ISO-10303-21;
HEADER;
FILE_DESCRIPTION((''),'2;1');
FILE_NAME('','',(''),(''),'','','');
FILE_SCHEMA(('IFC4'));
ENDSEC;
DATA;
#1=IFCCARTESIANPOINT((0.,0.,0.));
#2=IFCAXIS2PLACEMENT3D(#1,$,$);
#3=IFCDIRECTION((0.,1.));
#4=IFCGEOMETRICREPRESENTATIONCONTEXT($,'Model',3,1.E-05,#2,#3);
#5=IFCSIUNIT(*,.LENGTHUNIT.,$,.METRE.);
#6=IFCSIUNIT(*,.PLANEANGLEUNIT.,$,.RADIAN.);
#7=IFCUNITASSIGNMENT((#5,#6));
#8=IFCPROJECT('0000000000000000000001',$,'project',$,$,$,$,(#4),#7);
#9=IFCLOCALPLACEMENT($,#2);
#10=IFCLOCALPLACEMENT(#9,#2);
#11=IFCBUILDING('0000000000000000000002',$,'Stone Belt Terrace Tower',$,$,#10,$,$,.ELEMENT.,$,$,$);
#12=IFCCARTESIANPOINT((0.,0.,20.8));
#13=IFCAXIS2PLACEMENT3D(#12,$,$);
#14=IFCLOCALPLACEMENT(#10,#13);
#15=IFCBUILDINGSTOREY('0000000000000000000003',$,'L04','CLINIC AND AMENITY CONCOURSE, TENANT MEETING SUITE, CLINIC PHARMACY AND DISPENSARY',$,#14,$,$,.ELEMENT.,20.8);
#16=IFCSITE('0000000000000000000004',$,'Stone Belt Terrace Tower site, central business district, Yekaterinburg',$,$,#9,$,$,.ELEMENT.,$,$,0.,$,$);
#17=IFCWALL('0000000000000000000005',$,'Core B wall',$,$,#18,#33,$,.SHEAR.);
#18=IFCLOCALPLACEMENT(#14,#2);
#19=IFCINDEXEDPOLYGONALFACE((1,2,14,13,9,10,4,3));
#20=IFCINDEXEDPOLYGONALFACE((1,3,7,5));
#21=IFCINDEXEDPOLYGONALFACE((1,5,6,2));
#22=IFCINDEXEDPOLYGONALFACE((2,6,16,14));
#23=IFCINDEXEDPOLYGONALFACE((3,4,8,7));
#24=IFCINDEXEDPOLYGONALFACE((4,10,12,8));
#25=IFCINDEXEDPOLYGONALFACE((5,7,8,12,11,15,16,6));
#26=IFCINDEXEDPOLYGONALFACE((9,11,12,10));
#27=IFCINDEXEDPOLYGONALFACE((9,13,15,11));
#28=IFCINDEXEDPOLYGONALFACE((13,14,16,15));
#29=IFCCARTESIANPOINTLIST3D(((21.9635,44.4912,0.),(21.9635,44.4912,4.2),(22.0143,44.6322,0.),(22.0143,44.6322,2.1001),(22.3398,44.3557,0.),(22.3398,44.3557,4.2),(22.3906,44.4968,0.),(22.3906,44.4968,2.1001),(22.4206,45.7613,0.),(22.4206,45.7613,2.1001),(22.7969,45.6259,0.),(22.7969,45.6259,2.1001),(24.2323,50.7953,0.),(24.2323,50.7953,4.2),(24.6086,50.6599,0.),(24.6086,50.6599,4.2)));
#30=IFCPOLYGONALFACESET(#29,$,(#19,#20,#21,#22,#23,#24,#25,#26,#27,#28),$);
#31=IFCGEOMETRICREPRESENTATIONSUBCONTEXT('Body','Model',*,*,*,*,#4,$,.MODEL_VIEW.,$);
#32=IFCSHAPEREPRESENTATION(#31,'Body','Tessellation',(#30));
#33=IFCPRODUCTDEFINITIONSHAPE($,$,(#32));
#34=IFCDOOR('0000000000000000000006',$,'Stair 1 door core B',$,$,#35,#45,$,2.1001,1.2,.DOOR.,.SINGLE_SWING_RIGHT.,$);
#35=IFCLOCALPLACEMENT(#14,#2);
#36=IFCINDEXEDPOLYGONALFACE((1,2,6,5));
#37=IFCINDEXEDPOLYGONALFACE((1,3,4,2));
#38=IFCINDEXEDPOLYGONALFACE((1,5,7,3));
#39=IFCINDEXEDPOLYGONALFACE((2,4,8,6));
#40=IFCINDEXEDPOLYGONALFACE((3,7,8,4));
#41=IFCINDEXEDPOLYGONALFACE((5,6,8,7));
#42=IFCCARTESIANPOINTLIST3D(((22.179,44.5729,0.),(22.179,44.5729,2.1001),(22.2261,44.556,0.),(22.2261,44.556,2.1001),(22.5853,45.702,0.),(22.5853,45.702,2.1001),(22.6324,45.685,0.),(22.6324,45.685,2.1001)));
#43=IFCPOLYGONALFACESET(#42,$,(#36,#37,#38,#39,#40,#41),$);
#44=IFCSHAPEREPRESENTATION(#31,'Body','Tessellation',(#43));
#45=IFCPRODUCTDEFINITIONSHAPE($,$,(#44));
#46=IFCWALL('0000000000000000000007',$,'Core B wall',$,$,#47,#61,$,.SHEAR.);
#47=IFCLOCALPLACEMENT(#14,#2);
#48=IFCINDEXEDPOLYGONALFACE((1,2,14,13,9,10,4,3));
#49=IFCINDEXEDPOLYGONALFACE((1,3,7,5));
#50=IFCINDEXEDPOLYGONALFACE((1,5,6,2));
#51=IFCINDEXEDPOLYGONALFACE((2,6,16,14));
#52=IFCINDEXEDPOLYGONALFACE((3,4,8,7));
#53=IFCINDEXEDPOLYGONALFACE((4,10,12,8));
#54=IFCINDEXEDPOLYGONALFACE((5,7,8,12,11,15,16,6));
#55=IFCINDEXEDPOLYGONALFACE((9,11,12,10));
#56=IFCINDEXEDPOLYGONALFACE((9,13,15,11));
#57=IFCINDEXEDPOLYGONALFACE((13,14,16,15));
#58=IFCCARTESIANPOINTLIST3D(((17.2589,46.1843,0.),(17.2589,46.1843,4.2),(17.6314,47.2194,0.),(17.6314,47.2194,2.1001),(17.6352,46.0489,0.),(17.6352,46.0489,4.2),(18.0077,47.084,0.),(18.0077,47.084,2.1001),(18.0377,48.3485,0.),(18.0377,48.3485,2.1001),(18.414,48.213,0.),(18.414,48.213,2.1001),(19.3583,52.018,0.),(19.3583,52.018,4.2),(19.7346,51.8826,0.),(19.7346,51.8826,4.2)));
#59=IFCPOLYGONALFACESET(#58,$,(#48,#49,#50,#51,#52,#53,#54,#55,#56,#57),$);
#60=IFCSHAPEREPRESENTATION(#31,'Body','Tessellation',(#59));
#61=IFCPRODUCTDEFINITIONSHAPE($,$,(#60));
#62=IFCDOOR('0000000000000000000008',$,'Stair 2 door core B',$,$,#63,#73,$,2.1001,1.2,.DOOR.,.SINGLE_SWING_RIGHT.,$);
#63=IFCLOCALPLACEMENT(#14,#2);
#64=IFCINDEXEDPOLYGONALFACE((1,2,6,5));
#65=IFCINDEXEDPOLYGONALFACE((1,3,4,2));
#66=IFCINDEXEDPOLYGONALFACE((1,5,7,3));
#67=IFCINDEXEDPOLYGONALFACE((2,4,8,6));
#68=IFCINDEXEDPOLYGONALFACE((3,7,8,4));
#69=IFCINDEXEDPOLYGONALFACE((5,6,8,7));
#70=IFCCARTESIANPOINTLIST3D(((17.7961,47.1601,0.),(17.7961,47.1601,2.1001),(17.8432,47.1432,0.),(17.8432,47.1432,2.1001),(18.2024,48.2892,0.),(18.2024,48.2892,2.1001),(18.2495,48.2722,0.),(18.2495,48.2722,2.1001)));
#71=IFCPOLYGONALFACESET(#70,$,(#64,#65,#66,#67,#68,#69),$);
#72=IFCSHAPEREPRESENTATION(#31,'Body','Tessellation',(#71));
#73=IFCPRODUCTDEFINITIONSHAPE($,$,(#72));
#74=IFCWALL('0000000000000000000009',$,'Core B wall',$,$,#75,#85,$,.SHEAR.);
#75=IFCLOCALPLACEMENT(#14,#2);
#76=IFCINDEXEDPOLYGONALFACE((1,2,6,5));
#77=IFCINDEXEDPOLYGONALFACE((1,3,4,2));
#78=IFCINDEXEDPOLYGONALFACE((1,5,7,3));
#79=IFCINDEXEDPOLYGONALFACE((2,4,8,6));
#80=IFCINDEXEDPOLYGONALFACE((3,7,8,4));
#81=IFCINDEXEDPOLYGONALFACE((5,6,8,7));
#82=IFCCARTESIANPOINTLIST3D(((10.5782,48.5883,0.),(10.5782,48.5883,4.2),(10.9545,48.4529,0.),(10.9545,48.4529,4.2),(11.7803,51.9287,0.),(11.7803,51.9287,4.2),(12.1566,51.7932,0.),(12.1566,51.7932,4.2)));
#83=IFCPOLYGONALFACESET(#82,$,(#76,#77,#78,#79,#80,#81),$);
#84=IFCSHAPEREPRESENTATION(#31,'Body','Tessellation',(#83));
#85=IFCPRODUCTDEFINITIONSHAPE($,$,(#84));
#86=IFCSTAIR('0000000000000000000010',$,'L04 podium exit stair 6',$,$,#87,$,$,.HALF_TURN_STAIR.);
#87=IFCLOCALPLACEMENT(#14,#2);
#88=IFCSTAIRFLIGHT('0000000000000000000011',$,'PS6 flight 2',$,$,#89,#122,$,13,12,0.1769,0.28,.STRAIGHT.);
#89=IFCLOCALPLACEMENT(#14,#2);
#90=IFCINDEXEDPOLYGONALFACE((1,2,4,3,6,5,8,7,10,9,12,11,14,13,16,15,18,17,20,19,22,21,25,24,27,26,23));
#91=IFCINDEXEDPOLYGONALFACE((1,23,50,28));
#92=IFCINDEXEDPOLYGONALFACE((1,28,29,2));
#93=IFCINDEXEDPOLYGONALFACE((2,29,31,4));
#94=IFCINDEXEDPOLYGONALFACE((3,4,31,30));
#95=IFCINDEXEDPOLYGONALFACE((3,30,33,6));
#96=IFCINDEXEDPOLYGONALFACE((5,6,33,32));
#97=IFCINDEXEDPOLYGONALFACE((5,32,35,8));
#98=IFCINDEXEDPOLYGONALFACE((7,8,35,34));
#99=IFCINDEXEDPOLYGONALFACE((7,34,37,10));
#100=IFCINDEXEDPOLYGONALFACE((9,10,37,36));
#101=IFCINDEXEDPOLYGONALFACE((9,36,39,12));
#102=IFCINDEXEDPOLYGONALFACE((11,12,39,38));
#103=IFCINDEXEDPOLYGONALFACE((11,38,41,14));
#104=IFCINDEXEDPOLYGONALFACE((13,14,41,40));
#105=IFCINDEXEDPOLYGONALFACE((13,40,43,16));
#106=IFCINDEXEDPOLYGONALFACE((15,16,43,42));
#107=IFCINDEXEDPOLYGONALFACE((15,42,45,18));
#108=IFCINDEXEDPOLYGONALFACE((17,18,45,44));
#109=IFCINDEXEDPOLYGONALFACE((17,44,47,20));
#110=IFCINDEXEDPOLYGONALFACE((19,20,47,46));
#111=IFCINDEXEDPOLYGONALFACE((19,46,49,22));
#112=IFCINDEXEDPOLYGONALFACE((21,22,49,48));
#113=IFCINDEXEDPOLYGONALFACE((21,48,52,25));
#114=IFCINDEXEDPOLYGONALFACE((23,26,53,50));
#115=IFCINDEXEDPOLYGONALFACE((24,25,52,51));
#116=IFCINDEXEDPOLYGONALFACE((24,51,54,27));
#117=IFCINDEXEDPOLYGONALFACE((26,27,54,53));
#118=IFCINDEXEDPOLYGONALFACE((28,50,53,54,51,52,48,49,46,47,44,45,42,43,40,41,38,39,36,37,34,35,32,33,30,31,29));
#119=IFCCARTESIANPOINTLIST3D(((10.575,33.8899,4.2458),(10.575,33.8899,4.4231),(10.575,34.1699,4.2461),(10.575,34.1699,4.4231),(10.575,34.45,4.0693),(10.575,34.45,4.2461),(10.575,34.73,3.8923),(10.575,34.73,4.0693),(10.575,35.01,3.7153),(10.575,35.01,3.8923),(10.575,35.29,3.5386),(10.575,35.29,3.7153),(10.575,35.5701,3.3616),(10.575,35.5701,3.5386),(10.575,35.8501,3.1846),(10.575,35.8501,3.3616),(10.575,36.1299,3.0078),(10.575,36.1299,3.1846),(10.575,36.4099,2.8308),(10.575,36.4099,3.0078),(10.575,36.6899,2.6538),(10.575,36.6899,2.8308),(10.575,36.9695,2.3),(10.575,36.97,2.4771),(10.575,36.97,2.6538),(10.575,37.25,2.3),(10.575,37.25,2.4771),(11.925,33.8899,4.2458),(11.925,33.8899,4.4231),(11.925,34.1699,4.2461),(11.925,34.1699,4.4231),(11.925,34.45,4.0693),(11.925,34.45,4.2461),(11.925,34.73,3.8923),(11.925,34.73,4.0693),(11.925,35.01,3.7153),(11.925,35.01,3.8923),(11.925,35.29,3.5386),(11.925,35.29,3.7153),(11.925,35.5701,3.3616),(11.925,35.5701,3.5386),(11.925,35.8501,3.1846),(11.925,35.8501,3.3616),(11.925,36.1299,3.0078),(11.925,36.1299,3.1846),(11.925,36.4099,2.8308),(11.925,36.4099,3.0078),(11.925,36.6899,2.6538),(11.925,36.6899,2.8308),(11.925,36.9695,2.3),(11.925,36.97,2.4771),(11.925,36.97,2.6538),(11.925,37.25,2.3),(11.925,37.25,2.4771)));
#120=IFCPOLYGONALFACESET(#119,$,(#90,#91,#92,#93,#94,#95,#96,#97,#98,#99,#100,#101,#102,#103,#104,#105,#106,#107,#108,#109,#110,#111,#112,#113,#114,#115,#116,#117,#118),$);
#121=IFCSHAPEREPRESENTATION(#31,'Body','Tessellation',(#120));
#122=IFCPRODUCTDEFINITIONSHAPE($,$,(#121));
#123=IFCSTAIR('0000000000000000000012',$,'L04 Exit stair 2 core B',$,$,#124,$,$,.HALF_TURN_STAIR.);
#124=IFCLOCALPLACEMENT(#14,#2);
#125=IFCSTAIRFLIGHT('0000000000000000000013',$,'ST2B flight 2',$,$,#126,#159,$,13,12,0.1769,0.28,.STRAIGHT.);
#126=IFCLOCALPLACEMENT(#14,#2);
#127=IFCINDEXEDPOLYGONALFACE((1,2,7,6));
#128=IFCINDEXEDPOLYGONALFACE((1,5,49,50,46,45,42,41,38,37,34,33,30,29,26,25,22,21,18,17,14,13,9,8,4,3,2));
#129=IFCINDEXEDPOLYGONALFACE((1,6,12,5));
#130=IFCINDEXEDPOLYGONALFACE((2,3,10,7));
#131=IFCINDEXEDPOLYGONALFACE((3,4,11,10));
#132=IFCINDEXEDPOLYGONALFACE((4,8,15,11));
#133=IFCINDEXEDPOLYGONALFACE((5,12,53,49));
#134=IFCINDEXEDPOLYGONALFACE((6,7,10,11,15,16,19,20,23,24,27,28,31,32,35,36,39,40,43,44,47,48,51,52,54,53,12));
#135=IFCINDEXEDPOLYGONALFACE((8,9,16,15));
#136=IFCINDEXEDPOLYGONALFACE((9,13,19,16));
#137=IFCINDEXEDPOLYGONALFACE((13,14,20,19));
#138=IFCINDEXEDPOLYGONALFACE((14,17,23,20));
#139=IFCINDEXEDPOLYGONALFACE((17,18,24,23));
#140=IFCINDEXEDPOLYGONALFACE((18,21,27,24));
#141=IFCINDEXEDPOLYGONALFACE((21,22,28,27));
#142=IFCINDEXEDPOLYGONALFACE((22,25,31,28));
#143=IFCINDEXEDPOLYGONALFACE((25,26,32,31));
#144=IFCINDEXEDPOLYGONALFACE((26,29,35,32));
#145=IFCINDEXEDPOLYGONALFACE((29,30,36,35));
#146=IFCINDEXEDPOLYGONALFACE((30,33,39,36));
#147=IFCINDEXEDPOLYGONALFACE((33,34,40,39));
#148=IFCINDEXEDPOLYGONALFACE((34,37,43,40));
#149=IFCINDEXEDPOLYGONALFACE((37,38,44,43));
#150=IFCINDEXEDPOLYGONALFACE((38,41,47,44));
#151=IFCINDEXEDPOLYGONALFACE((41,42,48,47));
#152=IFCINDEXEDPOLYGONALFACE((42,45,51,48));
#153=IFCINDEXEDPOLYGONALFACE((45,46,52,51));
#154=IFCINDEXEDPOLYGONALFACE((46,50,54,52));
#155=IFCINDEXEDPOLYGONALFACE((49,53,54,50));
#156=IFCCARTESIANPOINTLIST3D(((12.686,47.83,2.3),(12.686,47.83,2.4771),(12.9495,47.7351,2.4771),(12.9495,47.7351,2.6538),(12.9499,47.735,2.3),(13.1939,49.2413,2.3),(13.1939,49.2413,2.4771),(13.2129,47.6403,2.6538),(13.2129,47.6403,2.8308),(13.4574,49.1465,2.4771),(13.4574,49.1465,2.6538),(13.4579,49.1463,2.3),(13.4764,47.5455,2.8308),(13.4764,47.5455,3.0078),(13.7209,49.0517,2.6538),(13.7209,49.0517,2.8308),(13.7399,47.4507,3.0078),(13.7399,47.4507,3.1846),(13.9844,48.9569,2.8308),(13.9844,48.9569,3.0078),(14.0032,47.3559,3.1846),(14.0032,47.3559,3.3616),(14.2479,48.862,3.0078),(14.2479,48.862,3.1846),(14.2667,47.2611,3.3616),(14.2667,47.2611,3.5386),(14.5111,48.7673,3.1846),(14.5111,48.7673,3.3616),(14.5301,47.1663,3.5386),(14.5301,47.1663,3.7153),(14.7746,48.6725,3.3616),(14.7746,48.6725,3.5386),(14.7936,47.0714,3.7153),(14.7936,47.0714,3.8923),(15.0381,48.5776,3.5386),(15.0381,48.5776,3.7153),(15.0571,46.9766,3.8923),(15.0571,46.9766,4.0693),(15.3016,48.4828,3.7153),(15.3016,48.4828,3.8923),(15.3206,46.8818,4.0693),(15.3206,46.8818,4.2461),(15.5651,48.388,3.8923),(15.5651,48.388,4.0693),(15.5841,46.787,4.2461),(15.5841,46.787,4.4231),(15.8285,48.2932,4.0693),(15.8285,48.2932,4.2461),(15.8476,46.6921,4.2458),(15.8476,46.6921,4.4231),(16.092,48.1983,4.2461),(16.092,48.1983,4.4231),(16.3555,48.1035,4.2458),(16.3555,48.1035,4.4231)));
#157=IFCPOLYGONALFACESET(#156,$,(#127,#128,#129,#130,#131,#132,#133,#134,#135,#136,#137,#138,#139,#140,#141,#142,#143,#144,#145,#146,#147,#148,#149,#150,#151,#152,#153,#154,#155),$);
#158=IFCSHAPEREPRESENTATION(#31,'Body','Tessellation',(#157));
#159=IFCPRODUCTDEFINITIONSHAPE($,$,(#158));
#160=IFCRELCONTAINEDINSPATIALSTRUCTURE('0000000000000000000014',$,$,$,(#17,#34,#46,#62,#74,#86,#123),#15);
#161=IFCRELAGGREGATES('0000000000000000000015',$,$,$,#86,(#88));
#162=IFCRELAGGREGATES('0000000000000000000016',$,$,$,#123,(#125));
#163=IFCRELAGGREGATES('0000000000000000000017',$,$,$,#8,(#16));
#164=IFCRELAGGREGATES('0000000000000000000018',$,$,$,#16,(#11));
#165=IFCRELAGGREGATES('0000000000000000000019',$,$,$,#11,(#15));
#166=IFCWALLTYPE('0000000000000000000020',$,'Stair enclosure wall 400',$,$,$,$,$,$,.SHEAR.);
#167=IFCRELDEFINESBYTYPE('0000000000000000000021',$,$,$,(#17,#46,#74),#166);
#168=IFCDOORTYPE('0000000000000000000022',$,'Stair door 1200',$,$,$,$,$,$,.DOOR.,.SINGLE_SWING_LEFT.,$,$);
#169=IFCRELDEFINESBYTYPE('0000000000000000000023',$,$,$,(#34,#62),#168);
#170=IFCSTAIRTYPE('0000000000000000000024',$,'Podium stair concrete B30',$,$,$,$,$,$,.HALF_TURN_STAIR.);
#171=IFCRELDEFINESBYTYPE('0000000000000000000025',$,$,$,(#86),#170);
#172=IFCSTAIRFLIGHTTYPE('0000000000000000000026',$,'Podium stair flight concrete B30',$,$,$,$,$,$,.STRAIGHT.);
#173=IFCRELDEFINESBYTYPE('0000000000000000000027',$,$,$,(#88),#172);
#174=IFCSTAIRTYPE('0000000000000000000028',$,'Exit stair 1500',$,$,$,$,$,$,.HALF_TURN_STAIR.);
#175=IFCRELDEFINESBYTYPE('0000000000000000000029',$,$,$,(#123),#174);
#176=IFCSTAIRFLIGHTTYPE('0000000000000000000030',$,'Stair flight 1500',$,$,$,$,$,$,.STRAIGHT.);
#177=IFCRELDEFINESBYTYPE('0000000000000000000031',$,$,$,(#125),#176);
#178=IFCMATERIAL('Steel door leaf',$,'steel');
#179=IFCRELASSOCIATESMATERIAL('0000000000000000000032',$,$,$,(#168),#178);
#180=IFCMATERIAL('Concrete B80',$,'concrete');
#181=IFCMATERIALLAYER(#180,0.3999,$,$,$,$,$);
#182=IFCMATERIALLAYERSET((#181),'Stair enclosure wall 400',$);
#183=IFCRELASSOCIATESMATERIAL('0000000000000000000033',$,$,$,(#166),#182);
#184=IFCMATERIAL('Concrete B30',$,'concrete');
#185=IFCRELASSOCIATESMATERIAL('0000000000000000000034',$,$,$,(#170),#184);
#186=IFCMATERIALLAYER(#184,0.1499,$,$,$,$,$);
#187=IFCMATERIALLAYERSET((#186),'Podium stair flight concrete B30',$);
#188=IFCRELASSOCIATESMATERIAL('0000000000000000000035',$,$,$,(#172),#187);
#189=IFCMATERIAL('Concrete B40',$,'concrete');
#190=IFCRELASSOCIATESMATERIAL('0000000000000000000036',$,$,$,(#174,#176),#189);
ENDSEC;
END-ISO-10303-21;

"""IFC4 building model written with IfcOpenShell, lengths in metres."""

from ifc_helpers import new_model, si_unit, direction, frame, frame_2d, origin, place, context, subcontext, project, spatial, polyline, rectangle, outline, extrude, material, layer, layer_set, type_object, element, fill, aggregate, save


model = new_model("IFC4")

# Units and contexts
model_context = context("Model", 3, precision=1e-05, world=origin(), true_north=direction((0.0, 1.0)))
body_context = subcontext(model_context, "Body", "Model", "MODEL_VIEW")
ifc_project = project(units=[si_unit("LENGTHUNIT", "METRE"), si_unit("PLANEANGLEUNIT", "RADIAN")], contexts=[model_context])

# Site, building, storey
site_placement = place(None, origin())
site = spatial("IfcSite", under=ifc_project, at=site_placement, Name="Stone Belt Terrace Tower site, central business district, Yekaterinburg", CompositionType="ELEMENT", RefElevation=0.0)
building_placement = place(site_placement, origin())
building = spatial("IfcBuilding", under=site, at=building_placement, Name="Stone Belt Terrace Tower", CompositionType="ELEMENT")
storey_placement = place(building_placement, frame((0.0, 0.0, 20.8)))
storey = spatial("IfcBuildingStorey", under=building, at=storey_placement, Name="L04", Description="CLINIC AND AMENITY CONCOURSE, TENANT MEETING SUITE, CLINIC PHARMACY AND DISPENSARY", CompositionType="ELEMENT", Elevation=20.8)

# Shared definitions
ifc_material_1 = material(Name="Concrete B80", Category="concrete")

# Shared definitions
ifc_material_2 = material(Name="Concrete B30", Category="concrete")

# Walls, openings, doors
ifc_material_3 = material(Name="Steel door leaf", Category="steel")
door_type = type_object("IfcDoorType", Name="Stair door 1200", OperationType="SINGLE_SWING_LEFT", PredefinedType="DOOR", material=ifc_material_3)
ifc_layer_1 = layer(ifc_material_1, 0.3999)
ifc_layer_set_1 = layer_set([ifc_layer_1], Name="Stair enclosure wall 400")
wall_type_1 = type_object("IfcWallType", Name="Stair enclosure wall 400", PredefinedType="SHEAR", material=ifc_layer_set_1)
wall_1_placement = place(storey_placement, frame((22.1516, 44.4233, 0.0), z_axis=(0.0, 0.0, 1.0), x_axis=(0.338625, 0.940921, 0.0)))
wall_1 = element("IfcWall", 1, at=wall_1_placement, inside=storey, type_object=wall_type_1, Name="Core B wall", PredefinedType="SHEAR", context=body_context, shape_type="SweptSolid", body=[
    extrude(rectangle(XDim=6.7, YDim=0.3999, at=frame_2d((3.3501, 0.0))), origin(), (0.0, 0.0, 1.0), 4.2),
])
opening_1_placement = place(wall_1_placement, frame((0.1499, 0.0, 0.0)))
opening_1 = element("IfcOpeningElement", 2, at=opening_1_placement, cuts=wall_1, PredefinedType="OPENING", context=body_context, shape_type="SweptSolid", body=[
    extrude(rectangle(XDim=1.2, YDim=2.1001, at=frame_2d((0.6001, 1.05))), frame((0.0, 0.21, 0.0), z_axis=(0.0, -1.0, 0.0), x_axis=(1.0, 0.0, 0.0)), (0.0, 0.0, 1.0), 0.4199),
])
door_1_placement = place(opening_1_placement, origin())
door_1 = element("IfcDoor", 3, at=door_1_placement, inside=storey, type_object=door_type, Name="Stair 1 door core B", OperationType="SINGLE_SWING_RIGHT", OverallHeight=2.1001, OverallWidth=1.2, PredefinedType="DOOR", context=body_context, shape_type="SweptSolid", body=[
    extrude(rectangle(XDim=1.2, YDim=2.1001, at=frame_2d((0.6001, 1.05))), frame((0.0, 0.0249, 0.0), z_axis=(0.0, -1.0, 0.0), x_axis=(1.0, 0.0, 0.0)), (0.0, 0.0, 1.0), 0.05),
])
fill(opening_1, door_1)
wall_2_placement = place(storey_placement, frame((17.447, 46.1165, 0.0), z_axis=(0.0, 0.0, 1.0), x_axis=(0.338608, 0.940928, 0.0)))
wall_2 = element("IfcWall", 4, at=wall_2_placement, inside=storey, type_object=wall_type_1, Name="Core B wall", PredefinedType="SHEAR", context=body_context, shape_type="SweptSolid", body=[
    extrude(rectangle(XDim=6.2, YDim=0.3999, at=frame_2d((3.1001, 0.0))), origin(), (0.0, 0.0, 1.0), 4.2),
])
opening_2_placement = place(wall_2_placement, frame((1.1001, 0.0, 0.0)))
opening_2 = element("IfcOpeningElement", 5, at=opening_2_placement, cuts=wall_2, PredefinedType="OPENING", context=body_context, shape_type="SweptSolid", body=[
    extrude(rectangle(XDim=1.2, YDim=2.1001, at=frame_2d((0.6001, 1.05))), frame((0.0, 0.21, 0.0), z_axis=(0.0, -1.0, 0.0), x_axis=(1.0, 0.0, 0.0)), (0.0, 0.0, 1.0), 0.4199),
])
door_2_placement = place(opening_2_placement, origin())
door_2 = element("IfcDoor", 6, at=door_2_placement, inside=storey, type_object=door_type, Name="Stair 2 door core B", OperationType="SINGLE_SWING_RIGHT", OverallHeight=2.1001, OverallWidth=1.2, PredefinedType="DOOR", context=body_context, shape_type="SweptSolid", body=[
    extrude(rectangle(XDim=1.2, YDim=2.1001, at=frame_2d((0.6001, 1.05))), frame((0.0, 0.0249, 0.0), z_axis=(0.0, -1.0, 0.0), x_axis=(1.0, 0.0, 0.0)), (0.0, 0.0, 1.0), 0.05),
])
fill(opening_2, door_2)

# Wall
wall_3_placement = place(storey_placement, frame((10.7664, 48.5208, 0.0), z_axis=(0.0, 0.0, 1.0), x_axis=(0.338627, 0.940921, 0.0)))
element("IfcWall", 7, at=wall_3_placement, inside=storey, type_object=wall_type_1, Name="Core B wall", PredefinedType="SHEAR", context=body_context, shape_type="SweptSolid", body=[
    extrude(rectangle(XDim=3.55, YDim=0.3999, at=frame_2d((1.7749, 0.0))), origin(), (0.0, 0.0, 1.0), 4.2),
])

# Stairs, stair flights
stair_type_1 = type_object("IfcStairType", Name="Podium stair concrete B30", PredefinedType="HALF_TURN_STAIR", material=ifc_material_2)
stair_1_placement = place(storey_placement, origin())
stair_1 = element("IfcStair", 8, at=stair_1_placement, inside=storey, type_object=stair_type_1, Name="L04 podium exit stair 6", PredefinedType="HALF_TURN_STAIR")
ifc_layer_2 = layer(ifc_material_2, 0.1499)
ifc_layer_set_2 = layer_set([ifc_layer_2], Name="Podium stair flight concrete B30")
stair_flight_type_1 = type_object("IfcStairFlightType", Name="Podium stair flight concrete B30", PredefinedType="STRAIGHT", material=ifc_layer_set_2)
stair_flight_1_placement = place(storey_placement, frame((11.25, 37.25, 2.3), z_axis=(0.0, 0.0, 1.0), x_axis=(0.0, -1.0, 0.0)))
stair_flight_1 = element("IfcStairFlight", 9, at=stair_flight_1_placement, type_object=stair_flight_type_1, Name="PS6 flight 2", NumberOfRisers=13, NumberOfTreads=12, PredefinedType="STRAIGHT", RiserHeight=0.1769, TreadLength=0.28, context=body_context, shape_type="SweptSolid", body=[
    extrude(outline(polyline([(0.0, 0.0), (0.0, 0.177), (0.28, 0.177), (0.28, 0.3538), (0.5601, 0.3538), (0.5601, 0.5308), (0.8401, 0.5308), (0.8401, 0.7078), (1.1201, 0.7078), (1.1201, 0.8845), (1.3999, 0.8845), (1.3999, 1.0615), (1.6799, 1.0615), (1.6799, 1.2385), (1.96, 1.2385), (1.96, 1.4153), (2.24, 1.4153), (2.24, 1.5923), (2.52, 1.5923), (2.52, 1.7693), (2.8, 1.7693), (2.8, 1.946), (3.0801, 1.946), (3.0801, 2.123), (3.3601, 2.123), (3.3601, 2.3), (3.3601, 1.9458), (0.2805, 0.0), (0.0, 0.0)])), frame((0.0, 0.675, 0.0), z_axis=(0.0, -1.0, 0.0), x_axis=(1.0, 0.0, 0.0)), (0.0, 0.0, 1.0), 1.3501),
])
aggregate(stair_1, [stair_flight_1])
ifc_material_4 = material(Name="Concrete B40", Category="concrete")
stair_type_2 = type_object("IfcStairType", Name="Exit stair 1500", PredefinedType="HALF_TURN_STAIR", material=ifc_material_4)
stair_2_placement = place(storey_placement, origin())
stair_2 = element("IfcStair", 10, at=stair_2_placement, inside=storey, type_object=stair_type_2, Name="L04 Exit stair 2 core B", PredefinedType="HALF_TURN_STAIR")
stair_flight_type_2 = type_object("IfcStairFlightType", Name="Stair flight 1500", PredefinedType="STRAIGHT", material=ifc_material_4)
stair_flight_2_placement = place(storey_placement, frame((12.9399, 48.5356, 2.3), z_axis=(0.0, 0.0, 1.0), x_axis=(0.940922, -0.338624, 0.0)))
stair_flight_2 = element("IfcStairFlight", 11, at=stair_flight_2_placement, type_object=stair_flight_type_2, Name="ST2B flight 2", NumberOfRisers=13, NumberOfTreads=12, PredefinedType="STRAIGHT", RiserHeight=0.1769, TreadLength=0.28, context=body_context, shape_type="SweptSolid", body=[
    extrude(outline(polyline([(0.0, 0.0), (0.0, 0.177), (0.28, 0.177), (0.28, 0.3538), (0.5601, 0.3538), (0.5601, 0.5308), (0.8401, 0.5308), (0.8401, 0.7078), (1.1201, 0.7078), (1.1201, 0.8845), (1.3999, 0.8845), (1.3999, 1.0615), (1.6799, 1.0615), (1.6799, 1.2385), (1.96, 1.2385), (1.96, 1.4153), (2.24, 1.4153), (2.24, 1.5923), (2.52, 1.5923), (2.52, 1.7693), (2.8, 1.7693), (2.8, 1.946), (3.0801, 1.946), (3.0801, 2.123), (3.3601, 2.123), (3.3601, 2.3), (3.3601, 1.9458), (0.2805, 0.0), (0.0, 0.0)])), frame((0.0, 0.75, 0.0), z_axis=(0.0, -1.0, 0.0), x_axis=(1.0, 0.0, 0.0)), (0.0, 0.0, 1.0), 1.5),
])
aggregate(stair_2, [stair_flight_2])

save(model, "model.ifc")
